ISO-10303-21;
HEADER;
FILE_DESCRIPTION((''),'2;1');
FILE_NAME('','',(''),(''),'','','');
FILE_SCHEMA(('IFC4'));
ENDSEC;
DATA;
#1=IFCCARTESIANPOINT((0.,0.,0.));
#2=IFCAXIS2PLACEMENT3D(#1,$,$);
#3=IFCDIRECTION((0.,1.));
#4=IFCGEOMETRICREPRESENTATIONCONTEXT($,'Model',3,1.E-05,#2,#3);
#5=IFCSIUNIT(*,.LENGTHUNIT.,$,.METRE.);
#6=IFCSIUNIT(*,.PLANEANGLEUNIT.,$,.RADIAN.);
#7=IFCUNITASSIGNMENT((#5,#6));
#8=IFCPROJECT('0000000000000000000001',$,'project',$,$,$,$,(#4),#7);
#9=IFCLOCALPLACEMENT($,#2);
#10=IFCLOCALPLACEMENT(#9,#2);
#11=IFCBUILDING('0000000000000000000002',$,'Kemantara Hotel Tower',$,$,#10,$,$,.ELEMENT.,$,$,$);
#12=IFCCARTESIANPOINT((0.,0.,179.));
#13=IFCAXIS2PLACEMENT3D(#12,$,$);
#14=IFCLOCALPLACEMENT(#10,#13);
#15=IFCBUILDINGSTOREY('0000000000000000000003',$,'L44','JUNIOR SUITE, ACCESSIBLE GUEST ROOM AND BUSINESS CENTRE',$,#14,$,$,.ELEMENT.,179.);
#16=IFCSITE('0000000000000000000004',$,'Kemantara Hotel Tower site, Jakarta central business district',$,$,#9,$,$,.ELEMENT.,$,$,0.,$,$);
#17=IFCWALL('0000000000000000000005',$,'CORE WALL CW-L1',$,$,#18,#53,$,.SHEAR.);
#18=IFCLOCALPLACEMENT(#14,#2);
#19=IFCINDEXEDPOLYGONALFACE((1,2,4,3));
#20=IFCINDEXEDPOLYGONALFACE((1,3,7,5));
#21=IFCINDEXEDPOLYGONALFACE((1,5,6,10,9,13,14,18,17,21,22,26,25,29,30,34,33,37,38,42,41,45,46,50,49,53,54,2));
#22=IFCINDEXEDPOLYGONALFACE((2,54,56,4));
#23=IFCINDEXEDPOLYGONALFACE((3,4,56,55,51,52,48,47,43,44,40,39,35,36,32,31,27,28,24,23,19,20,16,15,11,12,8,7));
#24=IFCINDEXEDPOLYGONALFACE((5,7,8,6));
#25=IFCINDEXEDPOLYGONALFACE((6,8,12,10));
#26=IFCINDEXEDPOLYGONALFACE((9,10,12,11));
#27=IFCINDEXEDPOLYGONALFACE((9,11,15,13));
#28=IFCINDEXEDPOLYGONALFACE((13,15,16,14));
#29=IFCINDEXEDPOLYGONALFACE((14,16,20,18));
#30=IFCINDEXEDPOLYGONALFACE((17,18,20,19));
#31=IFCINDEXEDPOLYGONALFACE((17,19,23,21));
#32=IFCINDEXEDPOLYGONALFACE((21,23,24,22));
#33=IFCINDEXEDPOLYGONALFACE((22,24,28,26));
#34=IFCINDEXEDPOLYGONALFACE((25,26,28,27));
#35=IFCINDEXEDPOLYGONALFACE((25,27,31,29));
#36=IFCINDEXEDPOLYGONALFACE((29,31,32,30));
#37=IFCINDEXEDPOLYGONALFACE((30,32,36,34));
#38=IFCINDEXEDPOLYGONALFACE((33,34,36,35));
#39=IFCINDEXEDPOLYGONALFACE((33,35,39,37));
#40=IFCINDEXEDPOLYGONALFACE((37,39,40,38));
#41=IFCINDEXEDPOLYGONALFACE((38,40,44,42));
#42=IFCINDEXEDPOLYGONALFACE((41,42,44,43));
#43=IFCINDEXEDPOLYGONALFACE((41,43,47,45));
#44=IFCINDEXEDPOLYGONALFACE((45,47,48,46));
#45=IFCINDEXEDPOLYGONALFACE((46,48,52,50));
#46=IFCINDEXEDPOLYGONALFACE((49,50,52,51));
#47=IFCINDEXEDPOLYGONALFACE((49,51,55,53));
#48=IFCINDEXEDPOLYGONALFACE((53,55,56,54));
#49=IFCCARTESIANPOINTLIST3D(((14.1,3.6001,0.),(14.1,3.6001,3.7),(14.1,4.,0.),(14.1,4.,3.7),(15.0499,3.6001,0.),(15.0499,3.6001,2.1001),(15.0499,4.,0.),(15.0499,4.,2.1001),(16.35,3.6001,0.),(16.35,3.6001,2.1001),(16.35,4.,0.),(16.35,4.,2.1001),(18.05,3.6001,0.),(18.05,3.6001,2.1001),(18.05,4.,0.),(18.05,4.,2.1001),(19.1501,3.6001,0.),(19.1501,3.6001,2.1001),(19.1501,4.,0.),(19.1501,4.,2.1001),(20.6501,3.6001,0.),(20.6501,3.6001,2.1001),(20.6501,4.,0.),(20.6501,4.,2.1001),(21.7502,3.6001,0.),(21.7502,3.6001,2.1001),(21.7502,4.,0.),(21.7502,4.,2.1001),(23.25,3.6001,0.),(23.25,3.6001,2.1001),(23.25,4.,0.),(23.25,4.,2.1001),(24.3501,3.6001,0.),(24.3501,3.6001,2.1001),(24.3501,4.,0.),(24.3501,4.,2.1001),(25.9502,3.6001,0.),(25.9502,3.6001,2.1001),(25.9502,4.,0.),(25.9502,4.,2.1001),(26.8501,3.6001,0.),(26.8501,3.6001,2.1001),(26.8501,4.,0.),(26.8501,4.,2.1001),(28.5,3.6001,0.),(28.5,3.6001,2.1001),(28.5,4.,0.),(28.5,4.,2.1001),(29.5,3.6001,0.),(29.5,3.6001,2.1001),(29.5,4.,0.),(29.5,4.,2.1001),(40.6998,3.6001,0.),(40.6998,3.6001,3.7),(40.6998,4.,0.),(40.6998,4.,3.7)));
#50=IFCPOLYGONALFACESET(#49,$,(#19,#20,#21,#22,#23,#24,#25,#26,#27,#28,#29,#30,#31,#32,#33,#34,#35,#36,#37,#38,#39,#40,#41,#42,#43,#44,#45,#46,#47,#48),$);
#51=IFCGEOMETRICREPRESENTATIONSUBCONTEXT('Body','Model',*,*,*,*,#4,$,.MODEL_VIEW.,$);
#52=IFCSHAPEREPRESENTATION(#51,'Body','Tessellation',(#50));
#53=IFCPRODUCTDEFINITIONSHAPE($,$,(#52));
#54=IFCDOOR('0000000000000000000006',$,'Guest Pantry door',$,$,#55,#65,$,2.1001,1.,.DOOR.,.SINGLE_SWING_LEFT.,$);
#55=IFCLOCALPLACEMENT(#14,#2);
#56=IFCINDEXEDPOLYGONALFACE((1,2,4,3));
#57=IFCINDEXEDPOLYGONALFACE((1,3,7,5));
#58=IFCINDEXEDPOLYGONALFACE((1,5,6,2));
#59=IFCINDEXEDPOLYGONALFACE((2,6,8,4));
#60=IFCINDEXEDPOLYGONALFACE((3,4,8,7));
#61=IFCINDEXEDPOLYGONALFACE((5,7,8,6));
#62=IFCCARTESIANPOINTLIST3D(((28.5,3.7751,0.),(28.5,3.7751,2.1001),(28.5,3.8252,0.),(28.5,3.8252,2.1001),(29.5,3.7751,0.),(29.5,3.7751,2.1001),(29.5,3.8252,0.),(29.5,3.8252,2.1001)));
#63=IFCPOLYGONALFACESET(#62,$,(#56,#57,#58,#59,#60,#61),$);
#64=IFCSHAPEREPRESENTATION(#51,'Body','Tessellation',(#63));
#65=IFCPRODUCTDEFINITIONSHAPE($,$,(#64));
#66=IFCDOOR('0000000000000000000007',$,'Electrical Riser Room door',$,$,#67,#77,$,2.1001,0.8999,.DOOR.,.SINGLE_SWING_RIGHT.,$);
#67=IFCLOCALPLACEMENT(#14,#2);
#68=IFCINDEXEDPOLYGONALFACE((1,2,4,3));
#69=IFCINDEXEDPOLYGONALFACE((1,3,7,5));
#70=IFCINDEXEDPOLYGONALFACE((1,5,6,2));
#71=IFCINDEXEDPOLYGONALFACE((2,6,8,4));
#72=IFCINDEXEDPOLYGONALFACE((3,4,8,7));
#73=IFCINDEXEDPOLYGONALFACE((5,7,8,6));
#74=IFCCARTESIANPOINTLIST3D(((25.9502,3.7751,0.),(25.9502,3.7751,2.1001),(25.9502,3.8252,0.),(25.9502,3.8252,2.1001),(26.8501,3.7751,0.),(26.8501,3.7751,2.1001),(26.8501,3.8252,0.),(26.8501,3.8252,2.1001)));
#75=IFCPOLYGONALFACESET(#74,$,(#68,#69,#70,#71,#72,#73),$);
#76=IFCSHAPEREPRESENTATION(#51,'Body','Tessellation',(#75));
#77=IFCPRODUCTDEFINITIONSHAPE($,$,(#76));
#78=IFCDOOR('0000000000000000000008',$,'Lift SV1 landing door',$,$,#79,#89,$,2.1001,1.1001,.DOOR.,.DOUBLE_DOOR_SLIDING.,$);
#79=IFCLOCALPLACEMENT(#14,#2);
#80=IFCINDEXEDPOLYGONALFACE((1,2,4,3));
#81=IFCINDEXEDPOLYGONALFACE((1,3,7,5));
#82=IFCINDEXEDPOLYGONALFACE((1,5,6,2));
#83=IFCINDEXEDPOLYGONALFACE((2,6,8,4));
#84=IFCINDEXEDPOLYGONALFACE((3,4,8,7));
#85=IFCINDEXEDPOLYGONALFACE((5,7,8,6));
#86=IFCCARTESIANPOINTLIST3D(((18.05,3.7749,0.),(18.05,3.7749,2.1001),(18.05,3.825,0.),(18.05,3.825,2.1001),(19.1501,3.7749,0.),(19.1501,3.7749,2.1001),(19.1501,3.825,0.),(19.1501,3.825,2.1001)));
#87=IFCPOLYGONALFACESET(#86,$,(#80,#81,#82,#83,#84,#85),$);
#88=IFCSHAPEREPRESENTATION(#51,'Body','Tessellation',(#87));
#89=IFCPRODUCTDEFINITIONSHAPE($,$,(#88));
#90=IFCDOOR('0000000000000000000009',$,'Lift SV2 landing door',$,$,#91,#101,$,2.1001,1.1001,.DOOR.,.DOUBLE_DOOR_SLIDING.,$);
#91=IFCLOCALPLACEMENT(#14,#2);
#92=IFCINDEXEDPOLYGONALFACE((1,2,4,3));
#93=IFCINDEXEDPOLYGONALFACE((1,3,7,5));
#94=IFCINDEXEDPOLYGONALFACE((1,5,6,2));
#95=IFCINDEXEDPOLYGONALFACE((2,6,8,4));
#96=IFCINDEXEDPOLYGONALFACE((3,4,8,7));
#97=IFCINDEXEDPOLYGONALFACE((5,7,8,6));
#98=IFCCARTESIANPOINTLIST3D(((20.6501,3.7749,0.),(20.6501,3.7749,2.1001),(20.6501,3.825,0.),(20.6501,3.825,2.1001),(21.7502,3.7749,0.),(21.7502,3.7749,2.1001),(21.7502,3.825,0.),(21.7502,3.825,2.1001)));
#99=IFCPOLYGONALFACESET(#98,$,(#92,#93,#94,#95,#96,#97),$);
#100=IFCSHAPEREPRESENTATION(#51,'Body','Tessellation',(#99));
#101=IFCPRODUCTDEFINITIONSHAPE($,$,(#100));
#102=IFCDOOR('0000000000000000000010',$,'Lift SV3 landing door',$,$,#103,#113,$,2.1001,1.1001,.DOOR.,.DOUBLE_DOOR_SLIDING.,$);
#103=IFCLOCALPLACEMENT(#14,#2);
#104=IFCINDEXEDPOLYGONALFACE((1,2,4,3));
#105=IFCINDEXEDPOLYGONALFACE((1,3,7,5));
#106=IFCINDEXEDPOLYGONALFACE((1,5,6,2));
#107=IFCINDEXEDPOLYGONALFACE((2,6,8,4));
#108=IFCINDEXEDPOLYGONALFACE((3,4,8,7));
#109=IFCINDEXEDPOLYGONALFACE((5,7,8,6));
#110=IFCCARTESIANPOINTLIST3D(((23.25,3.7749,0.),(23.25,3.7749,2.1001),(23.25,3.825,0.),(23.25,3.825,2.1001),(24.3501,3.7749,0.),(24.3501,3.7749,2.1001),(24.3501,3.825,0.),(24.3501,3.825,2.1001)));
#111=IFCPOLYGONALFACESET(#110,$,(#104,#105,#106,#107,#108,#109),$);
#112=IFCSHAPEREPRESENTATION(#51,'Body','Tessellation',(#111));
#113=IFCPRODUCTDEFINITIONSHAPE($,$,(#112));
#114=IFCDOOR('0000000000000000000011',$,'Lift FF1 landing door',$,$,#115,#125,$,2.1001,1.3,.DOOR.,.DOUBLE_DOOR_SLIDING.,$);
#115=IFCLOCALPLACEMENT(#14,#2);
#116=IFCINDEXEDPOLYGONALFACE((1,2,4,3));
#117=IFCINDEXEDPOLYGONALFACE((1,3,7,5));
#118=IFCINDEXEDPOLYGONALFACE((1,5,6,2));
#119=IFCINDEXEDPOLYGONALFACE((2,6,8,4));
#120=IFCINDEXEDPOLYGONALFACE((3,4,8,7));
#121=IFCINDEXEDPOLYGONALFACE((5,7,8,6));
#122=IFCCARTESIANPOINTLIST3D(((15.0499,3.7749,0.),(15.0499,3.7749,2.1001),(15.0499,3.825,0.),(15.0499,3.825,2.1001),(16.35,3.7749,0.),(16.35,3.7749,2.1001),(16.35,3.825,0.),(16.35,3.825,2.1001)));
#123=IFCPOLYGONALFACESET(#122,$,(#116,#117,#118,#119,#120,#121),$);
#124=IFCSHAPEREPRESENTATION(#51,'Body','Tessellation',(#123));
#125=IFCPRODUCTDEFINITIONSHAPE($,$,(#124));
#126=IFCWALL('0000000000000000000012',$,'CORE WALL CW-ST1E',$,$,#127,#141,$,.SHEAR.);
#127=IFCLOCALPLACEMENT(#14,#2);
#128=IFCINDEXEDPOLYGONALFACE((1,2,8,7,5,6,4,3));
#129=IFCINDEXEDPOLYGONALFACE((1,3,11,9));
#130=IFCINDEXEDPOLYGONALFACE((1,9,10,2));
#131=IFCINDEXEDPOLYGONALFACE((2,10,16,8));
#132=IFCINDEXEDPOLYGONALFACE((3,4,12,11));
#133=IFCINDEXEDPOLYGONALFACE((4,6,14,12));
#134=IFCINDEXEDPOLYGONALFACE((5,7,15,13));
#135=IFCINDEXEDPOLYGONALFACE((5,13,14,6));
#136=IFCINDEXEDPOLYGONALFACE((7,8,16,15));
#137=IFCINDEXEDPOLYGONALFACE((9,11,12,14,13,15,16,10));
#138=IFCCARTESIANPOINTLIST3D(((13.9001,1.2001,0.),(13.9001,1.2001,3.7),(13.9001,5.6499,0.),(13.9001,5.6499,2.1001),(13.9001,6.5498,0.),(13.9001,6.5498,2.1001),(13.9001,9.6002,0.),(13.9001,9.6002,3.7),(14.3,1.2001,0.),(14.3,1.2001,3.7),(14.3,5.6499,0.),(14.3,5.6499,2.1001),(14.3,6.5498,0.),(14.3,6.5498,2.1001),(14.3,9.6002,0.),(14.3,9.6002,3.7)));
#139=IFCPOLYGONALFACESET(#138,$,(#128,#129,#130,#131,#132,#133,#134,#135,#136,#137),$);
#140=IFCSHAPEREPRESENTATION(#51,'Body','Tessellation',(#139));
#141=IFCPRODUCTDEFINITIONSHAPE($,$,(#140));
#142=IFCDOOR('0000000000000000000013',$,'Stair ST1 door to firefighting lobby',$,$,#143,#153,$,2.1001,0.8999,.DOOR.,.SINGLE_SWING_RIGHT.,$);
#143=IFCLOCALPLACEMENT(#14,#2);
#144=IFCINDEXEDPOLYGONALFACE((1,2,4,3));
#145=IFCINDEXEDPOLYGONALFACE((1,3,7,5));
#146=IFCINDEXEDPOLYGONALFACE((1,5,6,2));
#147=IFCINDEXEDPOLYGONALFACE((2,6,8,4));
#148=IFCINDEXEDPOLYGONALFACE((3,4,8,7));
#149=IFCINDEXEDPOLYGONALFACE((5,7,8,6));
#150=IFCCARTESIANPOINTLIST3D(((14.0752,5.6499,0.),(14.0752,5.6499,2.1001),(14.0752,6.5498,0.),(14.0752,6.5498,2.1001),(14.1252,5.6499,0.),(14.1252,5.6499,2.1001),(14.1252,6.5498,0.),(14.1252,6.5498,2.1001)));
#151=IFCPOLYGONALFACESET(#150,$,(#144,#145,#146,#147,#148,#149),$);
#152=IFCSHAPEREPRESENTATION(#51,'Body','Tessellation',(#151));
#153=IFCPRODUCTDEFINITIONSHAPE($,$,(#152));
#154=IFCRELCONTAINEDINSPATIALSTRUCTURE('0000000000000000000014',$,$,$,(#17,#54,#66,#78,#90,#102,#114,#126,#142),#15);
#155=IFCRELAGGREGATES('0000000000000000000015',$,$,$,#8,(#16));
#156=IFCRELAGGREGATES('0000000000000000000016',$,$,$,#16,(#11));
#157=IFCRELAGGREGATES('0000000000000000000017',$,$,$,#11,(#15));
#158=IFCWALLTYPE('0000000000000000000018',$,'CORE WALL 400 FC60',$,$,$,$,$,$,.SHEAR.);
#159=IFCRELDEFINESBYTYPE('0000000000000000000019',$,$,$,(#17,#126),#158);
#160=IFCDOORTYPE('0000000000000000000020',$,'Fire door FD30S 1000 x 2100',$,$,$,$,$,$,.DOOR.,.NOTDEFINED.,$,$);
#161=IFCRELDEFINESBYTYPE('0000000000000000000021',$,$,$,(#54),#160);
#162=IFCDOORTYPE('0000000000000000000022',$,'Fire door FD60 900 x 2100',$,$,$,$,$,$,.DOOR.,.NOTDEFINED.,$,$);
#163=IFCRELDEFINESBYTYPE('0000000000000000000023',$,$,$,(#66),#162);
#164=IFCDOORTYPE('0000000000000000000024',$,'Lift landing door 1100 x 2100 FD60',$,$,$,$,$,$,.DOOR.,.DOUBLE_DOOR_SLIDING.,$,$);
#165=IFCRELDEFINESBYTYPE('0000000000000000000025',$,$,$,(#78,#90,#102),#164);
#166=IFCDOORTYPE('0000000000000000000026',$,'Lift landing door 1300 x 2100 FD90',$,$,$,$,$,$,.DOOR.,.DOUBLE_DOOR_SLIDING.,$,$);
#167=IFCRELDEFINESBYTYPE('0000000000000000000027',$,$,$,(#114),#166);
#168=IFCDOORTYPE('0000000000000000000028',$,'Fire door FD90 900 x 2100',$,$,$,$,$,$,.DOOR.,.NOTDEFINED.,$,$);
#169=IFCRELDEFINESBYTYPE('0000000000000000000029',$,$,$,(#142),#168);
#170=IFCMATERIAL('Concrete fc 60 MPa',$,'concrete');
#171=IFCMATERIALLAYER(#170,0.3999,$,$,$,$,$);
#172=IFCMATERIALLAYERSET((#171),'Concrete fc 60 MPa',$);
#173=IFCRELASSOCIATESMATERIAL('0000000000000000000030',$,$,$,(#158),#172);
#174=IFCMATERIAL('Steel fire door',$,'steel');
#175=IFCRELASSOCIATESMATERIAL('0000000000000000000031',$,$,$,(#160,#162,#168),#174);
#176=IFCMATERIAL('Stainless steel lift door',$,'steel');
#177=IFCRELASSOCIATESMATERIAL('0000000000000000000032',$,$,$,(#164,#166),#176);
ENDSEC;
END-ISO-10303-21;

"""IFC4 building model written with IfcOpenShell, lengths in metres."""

from ifc_helpers import new_model, si_unit, direction, frame, frame_2d, origin, place, context, subcontext, project, spatial, rectangle, extrude, material, layer, layer_set, type_object, element, fill, save


model = new_model("IFC4")

# Units and contexts
model_context = context("Model", 3, precision=1e-05, world=origin(), true_north=direction((0.0, 1.0)))
body_context = subcontext(model_context, "Body", "Model", "MODEL_VIEW")
ifc_project = project(units=[si_unit("LENGTHUNIT", "METRE"), si_unit("PLANEANGLEUNIT", "RADIAN")], contexts=[model_context])

# Site, building, storey
site_placement = place(None, origin())
site = spatial("IfcSite", under=ifc_project, at=site_placement, Name="Kemantara Hotel Tower site, Jakarta central business district", CompositionType="ELEMENT", RefElevation=0.0)
building_placement = place(site_placement, origin())
building = spatial("IfcBuilding", under=site, at=building_placement, Name="Kemantara Hotel Tower", CompositionType="ELEMENT")
storey_placement = place(building_placement, frame((0.0, 0.0, 179.0)))
storey = spatial("IfcBuildingStorey", under=building, at=storey_placement, Name="L44", Description="JUNIOR SUITE, ACCESSIBLE GUEST ROOM AND BUSINESS CENTRE", CompositionType="ELEMENT", Elevation=179.0)

# Shared definitions
ifc_material_1 = material(Name="Concrete fc 60 MPa", Category="concrete")
ifc_layer_1 = layer(ifc_material_1, 0.3999)
ifc_layer_set_1 = layer_set([ifc_layer_1], Name="Concrete fc 60 MPa")
wall_type_1 = type_object("IfcWallType", Name="CORE WALL 400 FC60", PredefinedType="SHEAR", material=ifc_layer_set_1)
ifc_material_2 = material(Name="Steel fire door", Category="steel")

# Wall, openings, doors
wall_1_placement = place(storey_placement, frame((14.1001, 3.8, 0.0), z_axis=(0.0, 0.0, 1.0), x_axis=(1.0, 0.0, 0.0)))
wall_1 = element("IfcWall", 1, at=wall_1_placement, inside=storey, type_object=wall_type_1, Name="CORE WALL CW-L1", PredefinedType="SHEAR", context=body_context, shape_type="SweptSolid", body=[
    extrude(rectangle(XDim=26.5999, YDim=0.3999, at=frame_2d((13.2998, 0.0))), origin(), (0.0, 0.0, 1.0), 3.7),
])
opening_1_placement = place(wall_1_placement, frame((0.95, 0.0, 0.0)))
opening_1 = element("IfcOpeningElement", 2, at=opening_1_placement, cuts=wall_1, PredefinedType="OPENING", context=body_context, shape_type="SweptSolid", body=[
    extrude(rectangle(XDim=1.3, YDim=2.1001, at=frame_2d((0.6499, 1.05))), frame((0.0, 0.21, 0.0), z_axis=(0.0, -1.0, 0.0), x_axis=(1.0, 0.0, 0.0)), (0.0, 0.0, 1.0), 0.4199),
])
opening_2_placement = place(wall_1_placement, frame((3.95, 0.0, 0.0)))
opening_2 = element("IfcOpeningElement", 3, at=opening_2_placement, cuts=wall_1, PredefinedType="OPENING", context=body_context, shape_type="SweptSolid", body=[
    extrude(rectangle(XDim=1.1001, YDim=2.1001, at=frame_2d((0.55, 1.05))), frame((0.0, 0.21, 0.0), z_axis=(0.0, -1.0, 0.0), x_axis=(1.0, 0.0, 0.0)), (0.0, 0.0, 1.0), 0.4199),
])
opening_3_placement = place(wall_1_placement, frame((6.55, 0.0, 0.0)))
opening_3 = element("IfcOpeningElement", 4, at=opening_3_placement, cuts=wall_1, PredefinedType="OPENING", context=body_context, shape_type="SweptSolid", body=[
    extrude(rectangle(XDim=1.1001, YDim=2.1001, at=frame_2d((0.55, 1.05))), frame((0.0, 0.21, 0.0), z_axis=(0.0, -1.0, 0.0), x_axis=(1.0, 0.0, 0.0)), (0.0, 0.0, 1.0), 0.4199),
])
opening_4_placement = place(wall_1_placement, frame((9.1499, 0.0, 0.0)))
opening_4 = element("IfcOpeningElement", 5, at=opening_4_placement, cuts=wall_1, PredefinedType="OPENING", context=body_context, shape_type="SweptSolid", body=[
    extrude(rectangle(XDim=1.1001, YDim=2.1001, at=frame_2d((0.55, 1.05))), frame((0.0, 0.21, 0.0), z_axis=(0.0, -1.0, 0.0), x_axis=(1.0, 0.0, 0.0)), (0.0, 0.0, 1.0), 0.4199),
])
opening_5_placement = place(wall_1_placement, frame((11.8501, 0.0, 0.0)))
opening_5 = element("IfcOpeningElement", 6, at=opening_5_placement, cuts=wall_1, PredefinedType="OPENING", context=body_context, shape_type="SweptSolid", body=[
    extrude(rectangle(XDim=0.8999, YDim=2.1001, at=frame_2d((0.45, 1.05))), frame((0.0, 0.21, 0.0), z_axis=(0.0, -1.0, 0.0), x_axis=(1.0, 0.0, 0.0)), (0.0, 0.0, 1.0), 0.4199),
])
opening_6_placement = place(wall_1_placement, frame((14.3999, 0.0, 0.0)))
opening_6 = element("IfcOpeningElement", 7, at=opening_6_placement, cuts=wall_1, PredefinedType="OPENING", context=body_context, shape_type="SweptSolid", body=[
    extrude(rectangle(XDim=1.0, YDim=2.1001, at=frame_2d((0.5, 1.05))), frame((0.0, 0.21, 0.0), z_axis=(0.0, -1.0, 0.0), x_axis=(1.0, 0.0, 0.0)), (0.0, 0.0, 1.0), 0.4199),
])
door_type_1 = type_object("IfcDoorType", Name="Fire door FD30S 1000 x 2100", OperationType="NOTDEFINED", PredefinedType="DOOR", material=ifc_material_2)
door_1_placement = place(opening_6_placement, frame((1.0, 0.0, 0.0), z_axis=(0.0, 0.0, 1.0), x_axis=(-1.0, 0.0, 0.0)))
door_1 = element("IfcDoor", 8, at=door_1_placement, inside=storey, type_object=door_type_1, Name="Guest Pantry door", OperationType="SINGLE_SWING_LEFT", OverallHeight=2.1001, OverallWidth=1.0, PredefinedType="DOOR", context=body_context, shape_type="SweptSolid", body=[
    extrude(rectangle(XDim=1.0, YDim=2.1001, at=frame_2d((0.5, 1.05))), frame((0.0, 0.0249, 0.0), z_axis=(0.0, -1.0, 0.0), x_axis=(1.0, 0.0, 0.0)), (0.0, 0.0, 1.0), 0.05),
])
fill(opening_6, door_1)
door_type_2 = type_object("IfcDoorType", Name="Fire door FD60 900 x 2100", OperationType="NOTDEFINED", PredefinedType="DOOR", material=ifc_material_2)
door_2_placement = place(opening_5_placement, frame((0.8999, 0.0, 0.0), z_axis=(0.0, 0.0, 1.0), x_axis=(-1.0, 0.0, 0.0)))
door_2 = element("IfcDoor", 9, at=door_2_placement, inside=storey, type_object=door_type_2, Name="Electrical Riser Room door", OperationType="SINGLE_SWING_RIGHT", OverallHeight=2.1001, OverallWidth=0.8999, PredefinedType="DOOR", context=body_context, shape_type="SweptSolid", body=[
    extrude(rectangle(XDim=0.8999, YDim=2.1001, at=frame_2d((0.45, 1.05))), frame((0.0, 0.0249, 0.0), z_axis=(0.0, -1.0, 0.0), x_axis=(1.0, 0.0, 0.0)), (0.0, 0.0, 1.0), 0.05),
])
fill(opening_5, door_2)
ifc_material_3 = material(Name="Stainless steel lift door", Category="steel")
door_type_3 = type_object("IfcDoorType", Name="Lift landing door 1100 x 2100 FD60", OperationType="DOUBLE_DOOR_SLIDING", PredefinedType="DOOR", material=ifc_material_3)
door_3_placement = place(opening_2_placement, origin())
door_3 = element("IfcDoor", 10, at=door_3_placement, inside=storey, type_object=door_type_3, Name="Lift SV1 landing door", OperationType="DOUBLE_DOOR_SLIDING", OverallHeight=2.1001, OverallWidth=1.1001, PredefinedType="DOOR", context=body_context, shape_type="SweptSolid", body=[
    extrude(rectangle(XDim=1.1001, YDim=2.1001, at=frame_2d((0.55, 1.05))), frame((0.0, 0.0249, 0.0), z_axis=(0.0, -1.0, 0.0), x_axis=(1.0, 0.0, 0.0)), (0.0, 0.0, 1.0), 0.05),
])
fill(opening_2, door_3)
door_4_placement = place(opening_3_placement, origin())
door_4 = element("IfcDoor", 11, at=door_4_placement, inside=storey, type_object=door_type_3, Name="Lift SV2 landing door", OperationType="DOUBLE_DOOR_SLIDING", OverallHeight=2.1001, OverallWidth=1.1001, PredefinedType="DOOR", context=body_context, shape_type="SweptSolid", body=[
    extrude(rectangle(XDim=1.1001, YDim=2.1001, at=frame_2d((0.55, 1.05))), frame((0.0, 0.0249, 0.0), z_axis=(0.0, -1.0, 0.0), x_axis=(1.0, 0.0, 0.0)), (0.0, 0.0, 1.0), 0.05),
])
fill(opening_3, door_4)
door_5_placement = place(opening_4_placement, origin())
door_5 = element("IfcDoor", 12, at=door_5_placement, inside=storey, type_object=door_type_3, Name="Lift SV3 landing door", OperationType="DOUBLE_DOOR_SLIDING", OverallHeight=2.1001, OverallWidth=1.1001, PredefinedType="DOOR", context=body_context, shape_type="SweptSolid", body=[
    extrude(rectangle(XDim=1.1001, YDim=2.1001, at=frame_2d((0.55, 1.05))), frame((0.0, 0.0249, 0.0), z_axis=(0.0, -1.0, 0.0), x_axis=(1.0, 0.0, 0.0)), (0.0, 0.0, 1.0), 0.05),
])
fill(opening_4, door_5)
door_type_4 = type_object("IfcDoorType", Name="Lift landing door 1300 x 2100 FD90", OperationType="DOUBLE_DOOR_SLIDING", PredefinedType="DOOR", material=ifc_material_3)
door_6_placement = place(opening_1_placement, origin())
door_6 = element("IfcDoor", 13, at=door_6_placement, inside=storey, type_object=door_type_4, Name="Lift FF1 landing door", OperationType="DOUBLE_DOOR_SLIDING", OverallHeight=2.1001, OverallWidth=1.3, PredefinedType="DOOR", context=body_context, shape_type="SweptSolid", body=[
    extrude(rectangle(XDim=1.3, YDim=2.1001, at=frame_2d((0.6499, 1.05))), frame((0.0, 0.0249, 0.0), z_axis=(0.0, -1.0, 0.0), x_axis=(1.0, 0.0, 0.0)), (0.0, 0.0, 1.0), 0.05),
])
fill(opening_1, door_6)

# Wall, opening, door
wall_2_placement = place(storey_placement, frame((14.1001, 1.2, 0.0), z_axis=(0.0, 0.0, 1.0), x_axis=(0.0, 1.0, 0.0)))
wall_2 = element("IfcWall", 14, at=wall_2_placement, inside=storey, type_object=wall_type_1, Name="CORE WALL CW-ST1E", PredefinedType="SHEAR", context=body_context, shape_type="SweptSolid", body=[
    extrude(rectangle(XDim=8.4001, YDim=0.3999, at=frame_2d((4.2002, 0.0))), origin(), (0.0, 0.0, 1.0), 3.7),
])
opening_7_placement = place(wall_2_placement, frame((4.45, 0.0, 0.0)))
opening_7 = element("IfcOpeningElement", 15, at=opening_7_placement, cuts=wall_2, PredefinedType="OPENING", context=body_context, shape_type="SweptSolid", body=[
    extrude(rectangle(XDim=0.8999, YDim=2.1001, at=frame_2d((0.45, 1.05))), frame((0.0, 0.21, 0.0), z_axis=(0.0, -1.0, 0.0), x_axis=(1.0, 0.0, 0.0)), (0.0, 0.0, 1.0), 0.4199),
])
door_type_5 = type_object("IfcDoorType", Name="Fire door FD90 900 x 2100", OperationType="NOTDEFINED", PredefinedType="DOOR", material=ifc_material_2)
door_7_placement = place(opening_7_placement, origin())
door_7 = element("IfcDoor", 16, at=door_7_placement, inside=storey, type_object=door_type_5, Name="Stair ST1 door to firefighting lobby", OperationType="SINGLE_SWING_RIGHT", OverallHeight=2.1001, OverallWidth=0.8999, PredefinedType="DOOR", context=body_context, shape_type="SweptSolid", body=[
    extrude(rectangle(XDim=0.8999, YDim=2.1001, at=frame_2d((0.45, 1.05))), frame((0.0, 0.0249, 0.0), z_axis=(0.0, -1.0, 0.0), x_axis=(1.0, 0.0, 0.0)), (0.0, 0.0, 1.0), 0.05),
])
fill(opening_7, door_7)

save(model, "model.ifc")
